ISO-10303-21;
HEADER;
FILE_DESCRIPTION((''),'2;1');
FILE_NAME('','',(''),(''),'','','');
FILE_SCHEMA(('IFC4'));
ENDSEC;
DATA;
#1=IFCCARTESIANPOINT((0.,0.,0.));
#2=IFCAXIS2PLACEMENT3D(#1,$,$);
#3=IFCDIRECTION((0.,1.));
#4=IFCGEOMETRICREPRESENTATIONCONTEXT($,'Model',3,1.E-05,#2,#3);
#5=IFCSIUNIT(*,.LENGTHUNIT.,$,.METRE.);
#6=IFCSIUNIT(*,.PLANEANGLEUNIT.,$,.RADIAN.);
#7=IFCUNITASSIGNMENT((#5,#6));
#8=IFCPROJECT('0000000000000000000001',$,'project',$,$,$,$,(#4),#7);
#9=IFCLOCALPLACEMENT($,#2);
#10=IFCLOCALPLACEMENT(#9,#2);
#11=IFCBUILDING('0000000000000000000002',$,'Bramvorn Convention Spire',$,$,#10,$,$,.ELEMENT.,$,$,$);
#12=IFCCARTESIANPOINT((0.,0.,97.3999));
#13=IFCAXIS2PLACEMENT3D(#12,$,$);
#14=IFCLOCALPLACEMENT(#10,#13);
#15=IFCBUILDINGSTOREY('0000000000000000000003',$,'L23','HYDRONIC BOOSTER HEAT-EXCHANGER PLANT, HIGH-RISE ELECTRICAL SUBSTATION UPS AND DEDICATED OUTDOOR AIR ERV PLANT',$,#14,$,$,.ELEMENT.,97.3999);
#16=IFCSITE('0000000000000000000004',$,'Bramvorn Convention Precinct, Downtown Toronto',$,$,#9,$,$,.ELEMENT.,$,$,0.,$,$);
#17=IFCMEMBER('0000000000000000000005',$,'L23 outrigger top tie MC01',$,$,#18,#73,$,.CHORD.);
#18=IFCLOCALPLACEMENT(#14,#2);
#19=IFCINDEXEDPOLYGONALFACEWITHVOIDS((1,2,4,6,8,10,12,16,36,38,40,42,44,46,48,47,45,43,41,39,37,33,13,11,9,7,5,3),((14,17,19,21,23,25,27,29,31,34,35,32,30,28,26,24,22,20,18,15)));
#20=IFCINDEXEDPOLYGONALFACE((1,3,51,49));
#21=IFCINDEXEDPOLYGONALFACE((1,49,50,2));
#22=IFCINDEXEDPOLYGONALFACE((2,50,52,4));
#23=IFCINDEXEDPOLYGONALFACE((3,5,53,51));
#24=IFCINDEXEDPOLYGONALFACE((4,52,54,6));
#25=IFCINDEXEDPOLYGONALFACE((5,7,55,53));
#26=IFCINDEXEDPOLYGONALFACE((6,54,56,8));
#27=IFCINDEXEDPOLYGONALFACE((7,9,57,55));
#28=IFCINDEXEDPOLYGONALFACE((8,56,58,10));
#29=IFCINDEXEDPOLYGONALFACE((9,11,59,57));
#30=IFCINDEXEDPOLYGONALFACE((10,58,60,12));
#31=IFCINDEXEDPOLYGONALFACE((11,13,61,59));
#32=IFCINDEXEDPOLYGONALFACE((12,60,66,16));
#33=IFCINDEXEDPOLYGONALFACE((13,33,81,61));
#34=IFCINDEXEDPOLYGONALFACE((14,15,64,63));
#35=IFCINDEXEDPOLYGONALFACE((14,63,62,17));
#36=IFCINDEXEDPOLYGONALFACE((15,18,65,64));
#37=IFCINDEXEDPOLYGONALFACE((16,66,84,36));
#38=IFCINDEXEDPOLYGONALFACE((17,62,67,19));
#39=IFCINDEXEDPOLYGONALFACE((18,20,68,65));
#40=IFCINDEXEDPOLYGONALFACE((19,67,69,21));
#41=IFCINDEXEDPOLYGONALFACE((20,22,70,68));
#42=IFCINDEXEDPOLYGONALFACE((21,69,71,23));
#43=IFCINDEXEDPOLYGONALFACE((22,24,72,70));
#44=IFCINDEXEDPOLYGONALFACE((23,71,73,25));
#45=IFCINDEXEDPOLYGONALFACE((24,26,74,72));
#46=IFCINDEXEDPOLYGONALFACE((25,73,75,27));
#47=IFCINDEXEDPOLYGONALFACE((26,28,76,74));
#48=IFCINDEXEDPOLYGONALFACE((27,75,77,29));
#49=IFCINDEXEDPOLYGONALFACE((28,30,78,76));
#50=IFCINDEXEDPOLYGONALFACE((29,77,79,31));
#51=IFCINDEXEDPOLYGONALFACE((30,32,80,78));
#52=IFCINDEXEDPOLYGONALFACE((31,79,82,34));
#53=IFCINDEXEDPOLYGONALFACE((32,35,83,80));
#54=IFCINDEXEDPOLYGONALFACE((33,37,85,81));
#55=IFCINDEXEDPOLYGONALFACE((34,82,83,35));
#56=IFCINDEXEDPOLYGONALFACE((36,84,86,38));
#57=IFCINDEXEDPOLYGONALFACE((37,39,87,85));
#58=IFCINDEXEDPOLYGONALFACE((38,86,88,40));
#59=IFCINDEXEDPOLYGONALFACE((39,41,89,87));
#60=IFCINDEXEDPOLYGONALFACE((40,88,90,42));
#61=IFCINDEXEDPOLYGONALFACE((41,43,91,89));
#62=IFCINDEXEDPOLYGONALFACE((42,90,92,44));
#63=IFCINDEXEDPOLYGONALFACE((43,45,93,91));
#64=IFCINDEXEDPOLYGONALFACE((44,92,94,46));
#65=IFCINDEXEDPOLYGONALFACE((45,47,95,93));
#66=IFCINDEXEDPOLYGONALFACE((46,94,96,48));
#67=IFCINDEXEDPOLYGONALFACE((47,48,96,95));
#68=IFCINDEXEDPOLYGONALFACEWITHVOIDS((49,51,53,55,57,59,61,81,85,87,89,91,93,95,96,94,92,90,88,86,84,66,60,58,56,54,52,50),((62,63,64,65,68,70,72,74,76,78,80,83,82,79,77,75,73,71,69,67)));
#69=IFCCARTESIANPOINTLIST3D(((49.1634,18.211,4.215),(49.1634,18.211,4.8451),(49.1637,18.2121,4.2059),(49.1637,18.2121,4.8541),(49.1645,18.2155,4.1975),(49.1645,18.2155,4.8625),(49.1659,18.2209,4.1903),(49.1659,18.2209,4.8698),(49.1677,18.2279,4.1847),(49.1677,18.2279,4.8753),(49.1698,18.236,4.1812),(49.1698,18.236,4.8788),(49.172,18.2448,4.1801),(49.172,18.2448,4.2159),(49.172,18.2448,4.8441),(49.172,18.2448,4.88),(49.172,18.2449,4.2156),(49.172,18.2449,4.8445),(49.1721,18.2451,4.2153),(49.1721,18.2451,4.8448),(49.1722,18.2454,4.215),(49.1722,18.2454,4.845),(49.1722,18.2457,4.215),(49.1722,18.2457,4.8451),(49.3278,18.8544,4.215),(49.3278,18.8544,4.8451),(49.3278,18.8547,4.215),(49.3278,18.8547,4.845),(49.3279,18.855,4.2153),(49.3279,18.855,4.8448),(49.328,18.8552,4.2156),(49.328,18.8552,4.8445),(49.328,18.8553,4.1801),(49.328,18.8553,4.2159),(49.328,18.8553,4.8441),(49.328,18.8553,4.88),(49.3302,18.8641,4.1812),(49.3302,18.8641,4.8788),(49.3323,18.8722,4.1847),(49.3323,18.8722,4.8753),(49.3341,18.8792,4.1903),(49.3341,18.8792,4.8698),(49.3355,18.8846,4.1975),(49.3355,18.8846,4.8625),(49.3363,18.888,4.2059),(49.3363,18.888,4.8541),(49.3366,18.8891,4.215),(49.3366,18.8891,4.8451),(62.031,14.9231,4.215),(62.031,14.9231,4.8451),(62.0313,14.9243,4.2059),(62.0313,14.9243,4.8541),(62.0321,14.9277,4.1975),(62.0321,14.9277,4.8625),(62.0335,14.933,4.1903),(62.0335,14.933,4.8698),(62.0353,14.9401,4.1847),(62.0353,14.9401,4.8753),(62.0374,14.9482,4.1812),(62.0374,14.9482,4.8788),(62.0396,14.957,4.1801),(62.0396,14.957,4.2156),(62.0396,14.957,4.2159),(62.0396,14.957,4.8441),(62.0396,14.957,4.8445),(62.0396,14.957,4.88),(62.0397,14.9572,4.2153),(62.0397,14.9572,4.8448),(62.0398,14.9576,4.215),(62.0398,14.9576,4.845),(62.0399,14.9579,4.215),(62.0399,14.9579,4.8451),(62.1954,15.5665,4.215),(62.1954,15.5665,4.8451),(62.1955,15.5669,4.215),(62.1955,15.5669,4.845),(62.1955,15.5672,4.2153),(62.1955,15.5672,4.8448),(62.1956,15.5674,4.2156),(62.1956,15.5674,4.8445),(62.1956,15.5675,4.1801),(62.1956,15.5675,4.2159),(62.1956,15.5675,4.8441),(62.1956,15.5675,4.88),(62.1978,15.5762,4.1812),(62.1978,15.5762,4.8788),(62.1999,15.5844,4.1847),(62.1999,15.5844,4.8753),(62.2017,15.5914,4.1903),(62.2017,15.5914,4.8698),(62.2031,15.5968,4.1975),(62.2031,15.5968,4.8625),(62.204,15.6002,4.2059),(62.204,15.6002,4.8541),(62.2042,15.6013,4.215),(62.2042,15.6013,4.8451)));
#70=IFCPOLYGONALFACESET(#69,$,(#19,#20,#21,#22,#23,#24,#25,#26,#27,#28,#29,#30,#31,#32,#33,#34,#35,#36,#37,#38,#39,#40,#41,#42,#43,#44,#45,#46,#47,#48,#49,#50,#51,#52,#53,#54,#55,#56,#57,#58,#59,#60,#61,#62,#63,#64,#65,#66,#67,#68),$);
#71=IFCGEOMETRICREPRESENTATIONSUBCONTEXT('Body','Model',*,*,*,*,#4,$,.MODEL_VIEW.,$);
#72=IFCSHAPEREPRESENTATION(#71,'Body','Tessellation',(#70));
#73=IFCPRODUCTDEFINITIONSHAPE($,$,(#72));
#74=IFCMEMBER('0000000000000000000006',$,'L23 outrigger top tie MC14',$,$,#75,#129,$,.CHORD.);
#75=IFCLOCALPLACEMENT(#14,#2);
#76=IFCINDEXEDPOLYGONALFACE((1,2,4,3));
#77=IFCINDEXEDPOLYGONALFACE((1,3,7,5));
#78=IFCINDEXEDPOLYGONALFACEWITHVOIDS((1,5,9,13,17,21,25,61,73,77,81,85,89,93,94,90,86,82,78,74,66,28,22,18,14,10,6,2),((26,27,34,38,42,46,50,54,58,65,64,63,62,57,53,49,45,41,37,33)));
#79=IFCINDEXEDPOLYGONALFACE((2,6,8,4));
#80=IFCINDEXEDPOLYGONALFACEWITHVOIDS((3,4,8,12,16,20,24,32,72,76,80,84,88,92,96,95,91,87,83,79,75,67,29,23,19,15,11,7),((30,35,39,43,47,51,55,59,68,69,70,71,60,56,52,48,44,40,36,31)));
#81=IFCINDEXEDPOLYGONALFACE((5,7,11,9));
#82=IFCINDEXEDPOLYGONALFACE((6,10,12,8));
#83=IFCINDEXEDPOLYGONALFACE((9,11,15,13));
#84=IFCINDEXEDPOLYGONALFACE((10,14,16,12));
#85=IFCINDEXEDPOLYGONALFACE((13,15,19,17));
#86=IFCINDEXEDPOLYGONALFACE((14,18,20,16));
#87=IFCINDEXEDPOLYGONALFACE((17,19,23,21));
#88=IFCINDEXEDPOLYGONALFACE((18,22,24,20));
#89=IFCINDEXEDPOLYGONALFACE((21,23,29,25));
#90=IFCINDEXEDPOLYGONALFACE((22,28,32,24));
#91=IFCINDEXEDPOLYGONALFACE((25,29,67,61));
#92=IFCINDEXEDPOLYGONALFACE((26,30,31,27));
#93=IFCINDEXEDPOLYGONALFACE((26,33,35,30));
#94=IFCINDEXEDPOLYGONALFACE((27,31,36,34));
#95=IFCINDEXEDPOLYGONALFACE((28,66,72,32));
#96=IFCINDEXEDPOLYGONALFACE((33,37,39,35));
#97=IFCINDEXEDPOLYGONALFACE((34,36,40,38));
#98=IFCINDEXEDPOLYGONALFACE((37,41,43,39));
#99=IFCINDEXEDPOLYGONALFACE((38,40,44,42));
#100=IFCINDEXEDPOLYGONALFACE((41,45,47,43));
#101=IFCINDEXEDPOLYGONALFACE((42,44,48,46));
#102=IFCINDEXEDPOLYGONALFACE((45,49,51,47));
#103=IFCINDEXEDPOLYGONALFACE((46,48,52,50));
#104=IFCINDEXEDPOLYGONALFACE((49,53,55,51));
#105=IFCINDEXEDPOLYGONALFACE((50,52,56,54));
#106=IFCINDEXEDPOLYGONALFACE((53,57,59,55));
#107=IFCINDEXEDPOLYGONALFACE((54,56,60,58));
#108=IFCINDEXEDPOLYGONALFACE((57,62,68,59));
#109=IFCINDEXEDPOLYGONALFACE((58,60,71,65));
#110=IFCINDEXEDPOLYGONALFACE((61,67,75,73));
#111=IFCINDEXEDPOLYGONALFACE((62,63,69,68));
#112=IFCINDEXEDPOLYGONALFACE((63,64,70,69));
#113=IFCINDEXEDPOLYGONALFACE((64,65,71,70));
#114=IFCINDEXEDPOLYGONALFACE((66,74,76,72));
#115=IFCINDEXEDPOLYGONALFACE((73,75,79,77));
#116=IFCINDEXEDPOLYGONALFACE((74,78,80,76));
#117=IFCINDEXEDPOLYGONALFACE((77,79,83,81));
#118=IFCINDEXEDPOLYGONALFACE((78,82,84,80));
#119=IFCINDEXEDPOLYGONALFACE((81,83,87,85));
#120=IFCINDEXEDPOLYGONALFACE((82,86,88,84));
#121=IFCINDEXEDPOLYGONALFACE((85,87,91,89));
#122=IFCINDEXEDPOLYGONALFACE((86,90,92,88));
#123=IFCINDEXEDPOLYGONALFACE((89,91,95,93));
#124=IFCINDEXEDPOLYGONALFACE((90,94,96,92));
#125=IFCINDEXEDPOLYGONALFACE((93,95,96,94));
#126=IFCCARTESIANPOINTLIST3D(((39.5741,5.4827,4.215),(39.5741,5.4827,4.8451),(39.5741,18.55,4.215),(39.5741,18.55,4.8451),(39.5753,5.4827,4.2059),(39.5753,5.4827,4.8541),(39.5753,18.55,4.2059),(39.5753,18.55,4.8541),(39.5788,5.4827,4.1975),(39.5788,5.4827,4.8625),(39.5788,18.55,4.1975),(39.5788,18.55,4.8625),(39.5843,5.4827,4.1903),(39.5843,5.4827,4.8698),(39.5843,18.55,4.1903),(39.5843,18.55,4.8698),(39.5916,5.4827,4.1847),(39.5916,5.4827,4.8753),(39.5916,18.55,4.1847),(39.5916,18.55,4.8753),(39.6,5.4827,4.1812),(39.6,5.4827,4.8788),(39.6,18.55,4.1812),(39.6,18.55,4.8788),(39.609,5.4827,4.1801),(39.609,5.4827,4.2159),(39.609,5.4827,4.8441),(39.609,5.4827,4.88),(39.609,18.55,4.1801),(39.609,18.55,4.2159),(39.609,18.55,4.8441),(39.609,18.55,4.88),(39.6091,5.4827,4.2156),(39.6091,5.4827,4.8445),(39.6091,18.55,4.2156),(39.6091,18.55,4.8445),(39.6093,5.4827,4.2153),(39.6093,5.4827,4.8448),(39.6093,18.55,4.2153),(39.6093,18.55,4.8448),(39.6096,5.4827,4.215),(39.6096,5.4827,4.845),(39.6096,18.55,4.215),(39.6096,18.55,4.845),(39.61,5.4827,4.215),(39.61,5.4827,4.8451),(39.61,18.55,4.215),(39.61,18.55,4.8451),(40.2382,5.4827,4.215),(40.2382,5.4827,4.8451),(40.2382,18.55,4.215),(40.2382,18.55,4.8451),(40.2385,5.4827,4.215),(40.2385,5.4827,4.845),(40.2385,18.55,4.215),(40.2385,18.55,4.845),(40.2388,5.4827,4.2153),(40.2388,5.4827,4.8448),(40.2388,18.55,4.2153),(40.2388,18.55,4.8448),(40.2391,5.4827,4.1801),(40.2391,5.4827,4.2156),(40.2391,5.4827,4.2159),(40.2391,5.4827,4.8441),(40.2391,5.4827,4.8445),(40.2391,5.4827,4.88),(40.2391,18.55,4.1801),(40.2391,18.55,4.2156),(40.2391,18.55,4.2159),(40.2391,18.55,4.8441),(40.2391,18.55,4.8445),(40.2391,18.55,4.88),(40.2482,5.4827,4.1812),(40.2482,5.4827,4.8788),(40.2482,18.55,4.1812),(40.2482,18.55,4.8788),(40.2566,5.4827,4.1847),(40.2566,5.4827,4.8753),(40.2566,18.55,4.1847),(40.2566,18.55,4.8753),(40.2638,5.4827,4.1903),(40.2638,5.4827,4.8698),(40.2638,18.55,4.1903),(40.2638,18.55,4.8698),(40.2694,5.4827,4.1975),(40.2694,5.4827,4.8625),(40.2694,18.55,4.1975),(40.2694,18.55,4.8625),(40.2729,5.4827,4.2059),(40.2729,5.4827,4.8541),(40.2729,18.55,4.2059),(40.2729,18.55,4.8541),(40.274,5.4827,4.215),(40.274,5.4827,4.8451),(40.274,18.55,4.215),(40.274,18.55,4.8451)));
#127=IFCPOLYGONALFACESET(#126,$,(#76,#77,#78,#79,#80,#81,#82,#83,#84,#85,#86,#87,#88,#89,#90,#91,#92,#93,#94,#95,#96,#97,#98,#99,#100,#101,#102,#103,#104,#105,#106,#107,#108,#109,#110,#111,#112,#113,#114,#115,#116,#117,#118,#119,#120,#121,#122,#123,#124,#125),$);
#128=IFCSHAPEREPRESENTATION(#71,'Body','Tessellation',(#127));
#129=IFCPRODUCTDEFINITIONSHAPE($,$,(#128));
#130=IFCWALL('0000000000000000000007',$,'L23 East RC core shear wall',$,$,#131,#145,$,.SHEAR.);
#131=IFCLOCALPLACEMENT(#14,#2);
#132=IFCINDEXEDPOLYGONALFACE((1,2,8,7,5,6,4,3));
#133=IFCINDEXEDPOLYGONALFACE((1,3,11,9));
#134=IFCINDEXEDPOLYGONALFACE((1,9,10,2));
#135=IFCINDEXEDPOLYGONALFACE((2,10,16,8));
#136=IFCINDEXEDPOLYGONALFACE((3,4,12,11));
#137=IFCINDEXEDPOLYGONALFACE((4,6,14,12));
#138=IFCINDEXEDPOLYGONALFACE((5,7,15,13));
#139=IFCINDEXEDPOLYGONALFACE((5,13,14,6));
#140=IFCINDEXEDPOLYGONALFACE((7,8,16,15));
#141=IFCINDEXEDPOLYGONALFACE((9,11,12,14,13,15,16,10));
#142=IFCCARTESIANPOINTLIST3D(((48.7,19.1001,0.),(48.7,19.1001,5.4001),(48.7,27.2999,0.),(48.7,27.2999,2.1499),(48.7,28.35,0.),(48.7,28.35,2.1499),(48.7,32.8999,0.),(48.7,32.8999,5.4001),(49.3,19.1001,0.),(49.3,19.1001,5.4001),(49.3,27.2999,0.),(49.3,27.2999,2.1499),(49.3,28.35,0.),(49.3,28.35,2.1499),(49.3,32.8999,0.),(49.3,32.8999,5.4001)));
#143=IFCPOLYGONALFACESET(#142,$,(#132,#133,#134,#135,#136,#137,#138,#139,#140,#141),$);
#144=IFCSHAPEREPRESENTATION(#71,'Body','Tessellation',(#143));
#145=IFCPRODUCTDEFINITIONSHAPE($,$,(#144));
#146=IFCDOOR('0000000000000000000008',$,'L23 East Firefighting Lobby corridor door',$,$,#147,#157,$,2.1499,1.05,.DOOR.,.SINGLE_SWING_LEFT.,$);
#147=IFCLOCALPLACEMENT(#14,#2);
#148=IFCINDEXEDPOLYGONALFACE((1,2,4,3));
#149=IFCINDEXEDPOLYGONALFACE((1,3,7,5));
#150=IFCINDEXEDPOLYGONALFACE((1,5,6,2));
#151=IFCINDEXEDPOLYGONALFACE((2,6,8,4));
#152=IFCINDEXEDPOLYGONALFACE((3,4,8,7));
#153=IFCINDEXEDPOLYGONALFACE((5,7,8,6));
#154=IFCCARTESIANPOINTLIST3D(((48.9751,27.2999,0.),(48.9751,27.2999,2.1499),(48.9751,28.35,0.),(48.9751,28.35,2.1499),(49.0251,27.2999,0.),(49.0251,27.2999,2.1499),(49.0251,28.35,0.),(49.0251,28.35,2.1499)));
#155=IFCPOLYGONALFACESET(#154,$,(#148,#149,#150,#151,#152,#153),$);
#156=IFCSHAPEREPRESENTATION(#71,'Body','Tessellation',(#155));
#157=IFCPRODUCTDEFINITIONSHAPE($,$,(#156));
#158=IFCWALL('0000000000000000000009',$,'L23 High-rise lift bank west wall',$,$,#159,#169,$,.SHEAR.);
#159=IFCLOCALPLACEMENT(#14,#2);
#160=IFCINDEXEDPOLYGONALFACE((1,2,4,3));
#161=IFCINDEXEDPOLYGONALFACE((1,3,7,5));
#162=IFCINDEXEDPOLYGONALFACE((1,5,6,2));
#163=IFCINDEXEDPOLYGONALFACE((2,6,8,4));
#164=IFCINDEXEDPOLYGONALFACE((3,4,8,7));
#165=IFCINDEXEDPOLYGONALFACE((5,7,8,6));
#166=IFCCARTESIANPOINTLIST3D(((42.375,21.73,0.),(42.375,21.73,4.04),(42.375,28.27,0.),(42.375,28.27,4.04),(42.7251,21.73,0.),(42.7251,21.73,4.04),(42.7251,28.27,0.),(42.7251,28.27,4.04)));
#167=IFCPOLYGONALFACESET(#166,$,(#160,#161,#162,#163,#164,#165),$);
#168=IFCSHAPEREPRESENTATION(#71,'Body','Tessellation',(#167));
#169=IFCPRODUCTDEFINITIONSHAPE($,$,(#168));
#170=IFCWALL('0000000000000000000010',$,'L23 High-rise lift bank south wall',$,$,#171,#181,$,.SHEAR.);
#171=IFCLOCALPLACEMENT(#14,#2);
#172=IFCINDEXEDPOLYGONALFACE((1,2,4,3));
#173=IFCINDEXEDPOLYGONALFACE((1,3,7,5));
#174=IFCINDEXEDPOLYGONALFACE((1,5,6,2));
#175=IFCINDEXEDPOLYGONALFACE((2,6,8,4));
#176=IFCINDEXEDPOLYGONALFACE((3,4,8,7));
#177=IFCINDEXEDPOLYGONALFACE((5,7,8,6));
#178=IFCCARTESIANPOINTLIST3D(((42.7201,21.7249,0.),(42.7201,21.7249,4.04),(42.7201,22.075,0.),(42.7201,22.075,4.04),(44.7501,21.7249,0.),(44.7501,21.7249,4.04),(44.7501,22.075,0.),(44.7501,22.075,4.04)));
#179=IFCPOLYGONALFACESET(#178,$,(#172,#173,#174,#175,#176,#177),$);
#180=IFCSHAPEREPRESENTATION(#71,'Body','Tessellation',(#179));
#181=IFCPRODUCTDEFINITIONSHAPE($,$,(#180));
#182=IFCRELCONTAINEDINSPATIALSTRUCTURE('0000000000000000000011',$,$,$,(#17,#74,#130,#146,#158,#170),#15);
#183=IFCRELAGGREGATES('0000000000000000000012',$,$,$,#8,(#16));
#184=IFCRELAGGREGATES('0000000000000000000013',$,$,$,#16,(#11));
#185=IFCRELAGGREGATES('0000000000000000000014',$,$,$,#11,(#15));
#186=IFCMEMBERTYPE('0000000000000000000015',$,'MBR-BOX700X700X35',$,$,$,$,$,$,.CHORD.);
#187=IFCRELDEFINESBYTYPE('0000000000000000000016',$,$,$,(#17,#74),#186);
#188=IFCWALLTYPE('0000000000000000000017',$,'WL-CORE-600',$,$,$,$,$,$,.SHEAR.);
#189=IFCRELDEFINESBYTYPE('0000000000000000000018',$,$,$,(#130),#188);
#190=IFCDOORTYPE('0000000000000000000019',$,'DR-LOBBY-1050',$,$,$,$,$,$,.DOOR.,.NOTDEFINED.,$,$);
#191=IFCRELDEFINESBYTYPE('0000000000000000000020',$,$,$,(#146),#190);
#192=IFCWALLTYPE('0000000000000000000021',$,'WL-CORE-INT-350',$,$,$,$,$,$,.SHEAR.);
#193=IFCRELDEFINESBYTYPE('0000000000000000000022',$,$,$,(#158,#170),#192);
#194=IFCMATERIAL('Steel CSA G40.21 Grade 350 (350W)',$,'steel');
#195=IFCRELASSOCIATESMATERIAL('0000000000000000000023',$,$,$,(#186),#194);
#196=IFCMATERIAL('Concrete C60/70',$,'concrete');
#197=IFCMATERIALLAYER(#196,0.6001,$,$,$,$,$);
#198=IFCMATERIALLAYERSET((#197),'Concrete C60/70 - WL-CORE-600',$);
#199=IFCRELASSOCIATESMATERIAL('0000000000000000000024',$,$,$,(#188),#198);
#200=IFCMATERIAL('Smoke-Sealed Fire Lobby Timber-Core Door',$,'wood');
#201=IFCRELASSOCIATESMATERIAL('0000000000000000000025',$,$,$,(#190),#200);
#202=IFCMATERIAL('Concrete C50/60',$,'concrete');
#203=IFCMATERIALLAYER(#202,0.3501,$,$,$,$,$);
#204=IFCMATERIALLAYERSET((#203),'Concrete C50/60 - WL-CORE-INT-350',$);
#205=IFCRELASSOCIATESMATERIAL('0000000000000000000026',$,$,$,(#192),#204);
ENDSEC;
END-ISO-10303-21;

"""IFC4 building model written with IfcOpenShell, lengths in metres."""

from ifc_helpers import new_model, si_unit, direction, frame, frame_2d, origin, origin_2d, place, context, subcontext, project, spatial, rectangle, hollow_rectangle, extrude, material, layer, layer_set, material_profile, profile_set, type_object, element, fill, save


model = new_model("IFC4")

# Units and contexts
model_context = context("Model", 3, precision=1e-05, world=origin(), true_north=direction((0.0, 1.0)))
body_context = subcontext(model_context, "Body", "Model", "MODEL_VIEW")
ifc_project = project(units=[si_unit("LENGTHUNIT", "METRE"), si_unit("PLANEANGLEUNIT", "RADIAN")], contexts=[model_context])

# Site, building, storey
site_placement = place(None, origin())
site = spatial("IfcSite", under=ifc_project, at=site_placement, Name="Bramvorn Convention Precinct, Downtown Toronto", CompositionType="ELEMENT", RefElevation=0.0)
building_placement = place(site_placement, origin())
building = spatial("IfcBuilding", under=site, at=building_placement, Name="Bramvorn Convention Spire", CompositionType="ELEMENT")
storey_placement = place(building_placement, frame((0.0, 0.0, 97.3999)))
storey = spatial("IfcBuildingStorey", under=building, at=storey_placement, Name="L23", Description="HYDRONIC BOOSTER HEAT-EXCHANGER PLANT, HIGH-RISE ELECTRICAL SUBSTATION UPS AND DEDICATED OUTDOOR AIR ERV PLANT", CompositionType="ELEMENT", Elevation=97.3999)

# Shared definitions
ifc_material_1 = material(Name="Steel CSA G40.21 Grade 350 (350W)", Category="steel")

# Members
ifc_material_profile_1 = material_profile(ifc_material_1, hollow_rectangle(XDim=0.7, YDim=0.7, WallThickness=0.0349, InnerFilletRadius=0.001, OuterFilletRadius=0.0349, at=origin_2d()))
ifc_profile_set_1 = profile_set([ifc_material_profile_1], Name="Steel CSA G40.21 Grade 350 (350W) - BOX700X700X35")
member_type = type_object("IfcMemberType", Name="MBR-BOX700X700X35", PredefinedType="CHORD", material=ifc_profile_set_1)
member_1_placement = place(storey_placement, frame((49.25, 18.55, 4.53), z_axis=(0.968873, -0.247558, 0.0), x_axis=(0.247558, 0.968873, 0.0)))
element("IfcMember", 1, at=member_1_placement, inside=storey, type_object=member_type, Name="L23 outrigger top tie MC01", PredefinedType="CHORD", context=body_context, shape_type="SweptSolid", body=[
    extrude(hollow_rectangle(XDim=0.7, YDim=0.7, WallThickness=0.0349, InnerFilletRadius=0.001, OuterFilletRadius=0.0349, at=origin_2d()), origin(), (0.0, 0.0, 1.0), 13.281),
])
member_2_placement = place(storey_placement, frame((39.9241, 18.55, 4.53), z_axis=(0.0, -1.0, 0.0), x_axis=(1.0, 0.0, 0.0)))
element("IfcMember", 2, at=member_2_placement, inside=storey, type_object=member_type, Name="L23 outrigger top tie MC14", PredefinedType="CHORD", context=body_context, shape_type="SweptSolid", body=[
    extrude(hollow_rectangle(XDim=0.7, YDim=0.7, WallThickness=0.0349, InnerFilletRadius=0.001, OuterFilletRadius=0.0349, at=origin_2d()), origin(), (0.0, 0.0, 1.0), 13.0674),
])

# Wall, opening, door
ifc_material_2 = material(Name="Concrete C60/70", Category="concrete")
ifc_layer_1 = layer(ifc_material_2, 0.6001)
ifc_layer_set_1 = layer_set([ifc_layer_1], Name="Concrete C60/70 - WL-CORE-600")
wall_type_1 = type_object("IfcWallType", Name="WL-CORE-600", PredefinedType="SHEAR", material=ifc_layer_set_1)
wall_1_placement = place(storey_placement, frame((49.0, 19.1001, 0.0), z_axis=(0.0, 0.0, 1.0), x_axis=(0.0, 1.0, 0.0)))
wall_1 = element("IfcWall", 3, at=wall_1_placement, inside=storey, type_object=wall_type_1, Name="L23 East RC core shear wall", PredefinedType="SHEAR", context=body_context, shape_type="SweptSolid", body=[
    extrude(rectangle(XDim=13.7998, YDim=0.6001, at=frame_2d((6.8999, 0.0))), origin(), (0.0, 0.0, 1.0), 5.4001),
])
opening_1_placement = place(wall_1_placement, frame((8.2, 0.0, 0.0)))
opening_1 = element("IfcOpeningElement", 4, at=opening_1_placement, cuts=wall_1, PredefinedType="OPENING", context=body_context, shape_type="SweptSolid", body=[
    extrude(rectangle(XDim=1.05, YDim=2.1499, at=frame_2d((0.5249, 1.075))), frame((0.0, 0.3101, 0.0), z_axis=(0.0, -1.0, 0.0), x_axis=(1.0, 0.0, 0.0)), (0.0, 0.0, 1.0), 0.6201),
])
ifc_material_3 = material(Name="Smoke-Sealed Fire Lobby Timber-Core Door", Category="wood")
door_type_1 = type_object("IfcDoorType", Name="DR-LOBBY-1050", OperationType="NOTDEFINED", PredefinedType="DOOR", material=ifc_material_3)
door_1_placement = place(opening_1_placement, origin())
door_1 = element("IfcDoor", 5, at=door_1_placement, inside=storey, type_object=door_type_1, Name="L23 East Firefighting Lobby corridor door", OperationType="SINGLE_SWING_LEFT", OverallHeight=2.1499, OverallWidth=1.05, PredefinedType="DOOR", context=body_context, shape_type="SweptSolid", body=[
    extrude(rectangle(XDim=1.05, YDim=2.1499, at=frame_2d((0.5249, 1.075))), frame((0.0, 0.0249, 0.0), z_axis=(0.0, -1.0, 0.0), x_axis=(1.0, 0.0, 0.0)), (0.0, 0.0, 1.0), 0.05),
])
fill(opening_1, door_1)

# Walls
ifc_material_4 = material(Name="Concrete C50/60", Category="concrete")
ifc_layer_2 = layer(ifc_material_4, 0.3501)
ifc_layer_set_2 = layer_set([ifc_layer_2], Name="Concrete C50/60 - WL-CORE-INT-350")
wall_type_2 = type_object("IfcWallType", Name="WL-CORE-INT-350", PredefinedType="SHEAR", material=ifc_layer_set_2)
wall_2_placement = place(storey_placement, frame((42.55, 21.73, 0.0), z_axis=(0.0, 0.0, 1.0), x_axis=(0.0, 1.0, 0.0)))
element("IfcWall", 6, at=wall_2_placement, inside=storey, type_object=wall_type_2, Name="L23 High-rise lift bank west wall", PredefinedType="SHEAR", context=body_context, shape_type="SweptSolid", body=[
    extrude(rectangle(XDim=6.54, YDim=0.3501, at=frame_2d((3.27, 0.0))), origin(), (0.0, 0.0, 1.0), 4.04),
])
wall_3_placement = place(storey_placement, frame((42.72, 21.8999, 0.0), z_axis=(0.0, 0.0, 1.0), x_axis=(1.0, 0.0, 0.0)))
element("IfcWall", 7, at=wall_3_placement, inside=storey, type_object=wall_type_2, Name="L23 High-rise lift bank south wall", PredefinedType="SHEAR", context=body_context, shape_type="SweptSolid", body=[
    extrude(rectangle(XDim=2.03, YDim=0.3501, at=frame_2d((1.0151, 0.0))), origin(), (0.0, 0.0, 1.0), 4.04),
])

save(model, "model.ifc")
